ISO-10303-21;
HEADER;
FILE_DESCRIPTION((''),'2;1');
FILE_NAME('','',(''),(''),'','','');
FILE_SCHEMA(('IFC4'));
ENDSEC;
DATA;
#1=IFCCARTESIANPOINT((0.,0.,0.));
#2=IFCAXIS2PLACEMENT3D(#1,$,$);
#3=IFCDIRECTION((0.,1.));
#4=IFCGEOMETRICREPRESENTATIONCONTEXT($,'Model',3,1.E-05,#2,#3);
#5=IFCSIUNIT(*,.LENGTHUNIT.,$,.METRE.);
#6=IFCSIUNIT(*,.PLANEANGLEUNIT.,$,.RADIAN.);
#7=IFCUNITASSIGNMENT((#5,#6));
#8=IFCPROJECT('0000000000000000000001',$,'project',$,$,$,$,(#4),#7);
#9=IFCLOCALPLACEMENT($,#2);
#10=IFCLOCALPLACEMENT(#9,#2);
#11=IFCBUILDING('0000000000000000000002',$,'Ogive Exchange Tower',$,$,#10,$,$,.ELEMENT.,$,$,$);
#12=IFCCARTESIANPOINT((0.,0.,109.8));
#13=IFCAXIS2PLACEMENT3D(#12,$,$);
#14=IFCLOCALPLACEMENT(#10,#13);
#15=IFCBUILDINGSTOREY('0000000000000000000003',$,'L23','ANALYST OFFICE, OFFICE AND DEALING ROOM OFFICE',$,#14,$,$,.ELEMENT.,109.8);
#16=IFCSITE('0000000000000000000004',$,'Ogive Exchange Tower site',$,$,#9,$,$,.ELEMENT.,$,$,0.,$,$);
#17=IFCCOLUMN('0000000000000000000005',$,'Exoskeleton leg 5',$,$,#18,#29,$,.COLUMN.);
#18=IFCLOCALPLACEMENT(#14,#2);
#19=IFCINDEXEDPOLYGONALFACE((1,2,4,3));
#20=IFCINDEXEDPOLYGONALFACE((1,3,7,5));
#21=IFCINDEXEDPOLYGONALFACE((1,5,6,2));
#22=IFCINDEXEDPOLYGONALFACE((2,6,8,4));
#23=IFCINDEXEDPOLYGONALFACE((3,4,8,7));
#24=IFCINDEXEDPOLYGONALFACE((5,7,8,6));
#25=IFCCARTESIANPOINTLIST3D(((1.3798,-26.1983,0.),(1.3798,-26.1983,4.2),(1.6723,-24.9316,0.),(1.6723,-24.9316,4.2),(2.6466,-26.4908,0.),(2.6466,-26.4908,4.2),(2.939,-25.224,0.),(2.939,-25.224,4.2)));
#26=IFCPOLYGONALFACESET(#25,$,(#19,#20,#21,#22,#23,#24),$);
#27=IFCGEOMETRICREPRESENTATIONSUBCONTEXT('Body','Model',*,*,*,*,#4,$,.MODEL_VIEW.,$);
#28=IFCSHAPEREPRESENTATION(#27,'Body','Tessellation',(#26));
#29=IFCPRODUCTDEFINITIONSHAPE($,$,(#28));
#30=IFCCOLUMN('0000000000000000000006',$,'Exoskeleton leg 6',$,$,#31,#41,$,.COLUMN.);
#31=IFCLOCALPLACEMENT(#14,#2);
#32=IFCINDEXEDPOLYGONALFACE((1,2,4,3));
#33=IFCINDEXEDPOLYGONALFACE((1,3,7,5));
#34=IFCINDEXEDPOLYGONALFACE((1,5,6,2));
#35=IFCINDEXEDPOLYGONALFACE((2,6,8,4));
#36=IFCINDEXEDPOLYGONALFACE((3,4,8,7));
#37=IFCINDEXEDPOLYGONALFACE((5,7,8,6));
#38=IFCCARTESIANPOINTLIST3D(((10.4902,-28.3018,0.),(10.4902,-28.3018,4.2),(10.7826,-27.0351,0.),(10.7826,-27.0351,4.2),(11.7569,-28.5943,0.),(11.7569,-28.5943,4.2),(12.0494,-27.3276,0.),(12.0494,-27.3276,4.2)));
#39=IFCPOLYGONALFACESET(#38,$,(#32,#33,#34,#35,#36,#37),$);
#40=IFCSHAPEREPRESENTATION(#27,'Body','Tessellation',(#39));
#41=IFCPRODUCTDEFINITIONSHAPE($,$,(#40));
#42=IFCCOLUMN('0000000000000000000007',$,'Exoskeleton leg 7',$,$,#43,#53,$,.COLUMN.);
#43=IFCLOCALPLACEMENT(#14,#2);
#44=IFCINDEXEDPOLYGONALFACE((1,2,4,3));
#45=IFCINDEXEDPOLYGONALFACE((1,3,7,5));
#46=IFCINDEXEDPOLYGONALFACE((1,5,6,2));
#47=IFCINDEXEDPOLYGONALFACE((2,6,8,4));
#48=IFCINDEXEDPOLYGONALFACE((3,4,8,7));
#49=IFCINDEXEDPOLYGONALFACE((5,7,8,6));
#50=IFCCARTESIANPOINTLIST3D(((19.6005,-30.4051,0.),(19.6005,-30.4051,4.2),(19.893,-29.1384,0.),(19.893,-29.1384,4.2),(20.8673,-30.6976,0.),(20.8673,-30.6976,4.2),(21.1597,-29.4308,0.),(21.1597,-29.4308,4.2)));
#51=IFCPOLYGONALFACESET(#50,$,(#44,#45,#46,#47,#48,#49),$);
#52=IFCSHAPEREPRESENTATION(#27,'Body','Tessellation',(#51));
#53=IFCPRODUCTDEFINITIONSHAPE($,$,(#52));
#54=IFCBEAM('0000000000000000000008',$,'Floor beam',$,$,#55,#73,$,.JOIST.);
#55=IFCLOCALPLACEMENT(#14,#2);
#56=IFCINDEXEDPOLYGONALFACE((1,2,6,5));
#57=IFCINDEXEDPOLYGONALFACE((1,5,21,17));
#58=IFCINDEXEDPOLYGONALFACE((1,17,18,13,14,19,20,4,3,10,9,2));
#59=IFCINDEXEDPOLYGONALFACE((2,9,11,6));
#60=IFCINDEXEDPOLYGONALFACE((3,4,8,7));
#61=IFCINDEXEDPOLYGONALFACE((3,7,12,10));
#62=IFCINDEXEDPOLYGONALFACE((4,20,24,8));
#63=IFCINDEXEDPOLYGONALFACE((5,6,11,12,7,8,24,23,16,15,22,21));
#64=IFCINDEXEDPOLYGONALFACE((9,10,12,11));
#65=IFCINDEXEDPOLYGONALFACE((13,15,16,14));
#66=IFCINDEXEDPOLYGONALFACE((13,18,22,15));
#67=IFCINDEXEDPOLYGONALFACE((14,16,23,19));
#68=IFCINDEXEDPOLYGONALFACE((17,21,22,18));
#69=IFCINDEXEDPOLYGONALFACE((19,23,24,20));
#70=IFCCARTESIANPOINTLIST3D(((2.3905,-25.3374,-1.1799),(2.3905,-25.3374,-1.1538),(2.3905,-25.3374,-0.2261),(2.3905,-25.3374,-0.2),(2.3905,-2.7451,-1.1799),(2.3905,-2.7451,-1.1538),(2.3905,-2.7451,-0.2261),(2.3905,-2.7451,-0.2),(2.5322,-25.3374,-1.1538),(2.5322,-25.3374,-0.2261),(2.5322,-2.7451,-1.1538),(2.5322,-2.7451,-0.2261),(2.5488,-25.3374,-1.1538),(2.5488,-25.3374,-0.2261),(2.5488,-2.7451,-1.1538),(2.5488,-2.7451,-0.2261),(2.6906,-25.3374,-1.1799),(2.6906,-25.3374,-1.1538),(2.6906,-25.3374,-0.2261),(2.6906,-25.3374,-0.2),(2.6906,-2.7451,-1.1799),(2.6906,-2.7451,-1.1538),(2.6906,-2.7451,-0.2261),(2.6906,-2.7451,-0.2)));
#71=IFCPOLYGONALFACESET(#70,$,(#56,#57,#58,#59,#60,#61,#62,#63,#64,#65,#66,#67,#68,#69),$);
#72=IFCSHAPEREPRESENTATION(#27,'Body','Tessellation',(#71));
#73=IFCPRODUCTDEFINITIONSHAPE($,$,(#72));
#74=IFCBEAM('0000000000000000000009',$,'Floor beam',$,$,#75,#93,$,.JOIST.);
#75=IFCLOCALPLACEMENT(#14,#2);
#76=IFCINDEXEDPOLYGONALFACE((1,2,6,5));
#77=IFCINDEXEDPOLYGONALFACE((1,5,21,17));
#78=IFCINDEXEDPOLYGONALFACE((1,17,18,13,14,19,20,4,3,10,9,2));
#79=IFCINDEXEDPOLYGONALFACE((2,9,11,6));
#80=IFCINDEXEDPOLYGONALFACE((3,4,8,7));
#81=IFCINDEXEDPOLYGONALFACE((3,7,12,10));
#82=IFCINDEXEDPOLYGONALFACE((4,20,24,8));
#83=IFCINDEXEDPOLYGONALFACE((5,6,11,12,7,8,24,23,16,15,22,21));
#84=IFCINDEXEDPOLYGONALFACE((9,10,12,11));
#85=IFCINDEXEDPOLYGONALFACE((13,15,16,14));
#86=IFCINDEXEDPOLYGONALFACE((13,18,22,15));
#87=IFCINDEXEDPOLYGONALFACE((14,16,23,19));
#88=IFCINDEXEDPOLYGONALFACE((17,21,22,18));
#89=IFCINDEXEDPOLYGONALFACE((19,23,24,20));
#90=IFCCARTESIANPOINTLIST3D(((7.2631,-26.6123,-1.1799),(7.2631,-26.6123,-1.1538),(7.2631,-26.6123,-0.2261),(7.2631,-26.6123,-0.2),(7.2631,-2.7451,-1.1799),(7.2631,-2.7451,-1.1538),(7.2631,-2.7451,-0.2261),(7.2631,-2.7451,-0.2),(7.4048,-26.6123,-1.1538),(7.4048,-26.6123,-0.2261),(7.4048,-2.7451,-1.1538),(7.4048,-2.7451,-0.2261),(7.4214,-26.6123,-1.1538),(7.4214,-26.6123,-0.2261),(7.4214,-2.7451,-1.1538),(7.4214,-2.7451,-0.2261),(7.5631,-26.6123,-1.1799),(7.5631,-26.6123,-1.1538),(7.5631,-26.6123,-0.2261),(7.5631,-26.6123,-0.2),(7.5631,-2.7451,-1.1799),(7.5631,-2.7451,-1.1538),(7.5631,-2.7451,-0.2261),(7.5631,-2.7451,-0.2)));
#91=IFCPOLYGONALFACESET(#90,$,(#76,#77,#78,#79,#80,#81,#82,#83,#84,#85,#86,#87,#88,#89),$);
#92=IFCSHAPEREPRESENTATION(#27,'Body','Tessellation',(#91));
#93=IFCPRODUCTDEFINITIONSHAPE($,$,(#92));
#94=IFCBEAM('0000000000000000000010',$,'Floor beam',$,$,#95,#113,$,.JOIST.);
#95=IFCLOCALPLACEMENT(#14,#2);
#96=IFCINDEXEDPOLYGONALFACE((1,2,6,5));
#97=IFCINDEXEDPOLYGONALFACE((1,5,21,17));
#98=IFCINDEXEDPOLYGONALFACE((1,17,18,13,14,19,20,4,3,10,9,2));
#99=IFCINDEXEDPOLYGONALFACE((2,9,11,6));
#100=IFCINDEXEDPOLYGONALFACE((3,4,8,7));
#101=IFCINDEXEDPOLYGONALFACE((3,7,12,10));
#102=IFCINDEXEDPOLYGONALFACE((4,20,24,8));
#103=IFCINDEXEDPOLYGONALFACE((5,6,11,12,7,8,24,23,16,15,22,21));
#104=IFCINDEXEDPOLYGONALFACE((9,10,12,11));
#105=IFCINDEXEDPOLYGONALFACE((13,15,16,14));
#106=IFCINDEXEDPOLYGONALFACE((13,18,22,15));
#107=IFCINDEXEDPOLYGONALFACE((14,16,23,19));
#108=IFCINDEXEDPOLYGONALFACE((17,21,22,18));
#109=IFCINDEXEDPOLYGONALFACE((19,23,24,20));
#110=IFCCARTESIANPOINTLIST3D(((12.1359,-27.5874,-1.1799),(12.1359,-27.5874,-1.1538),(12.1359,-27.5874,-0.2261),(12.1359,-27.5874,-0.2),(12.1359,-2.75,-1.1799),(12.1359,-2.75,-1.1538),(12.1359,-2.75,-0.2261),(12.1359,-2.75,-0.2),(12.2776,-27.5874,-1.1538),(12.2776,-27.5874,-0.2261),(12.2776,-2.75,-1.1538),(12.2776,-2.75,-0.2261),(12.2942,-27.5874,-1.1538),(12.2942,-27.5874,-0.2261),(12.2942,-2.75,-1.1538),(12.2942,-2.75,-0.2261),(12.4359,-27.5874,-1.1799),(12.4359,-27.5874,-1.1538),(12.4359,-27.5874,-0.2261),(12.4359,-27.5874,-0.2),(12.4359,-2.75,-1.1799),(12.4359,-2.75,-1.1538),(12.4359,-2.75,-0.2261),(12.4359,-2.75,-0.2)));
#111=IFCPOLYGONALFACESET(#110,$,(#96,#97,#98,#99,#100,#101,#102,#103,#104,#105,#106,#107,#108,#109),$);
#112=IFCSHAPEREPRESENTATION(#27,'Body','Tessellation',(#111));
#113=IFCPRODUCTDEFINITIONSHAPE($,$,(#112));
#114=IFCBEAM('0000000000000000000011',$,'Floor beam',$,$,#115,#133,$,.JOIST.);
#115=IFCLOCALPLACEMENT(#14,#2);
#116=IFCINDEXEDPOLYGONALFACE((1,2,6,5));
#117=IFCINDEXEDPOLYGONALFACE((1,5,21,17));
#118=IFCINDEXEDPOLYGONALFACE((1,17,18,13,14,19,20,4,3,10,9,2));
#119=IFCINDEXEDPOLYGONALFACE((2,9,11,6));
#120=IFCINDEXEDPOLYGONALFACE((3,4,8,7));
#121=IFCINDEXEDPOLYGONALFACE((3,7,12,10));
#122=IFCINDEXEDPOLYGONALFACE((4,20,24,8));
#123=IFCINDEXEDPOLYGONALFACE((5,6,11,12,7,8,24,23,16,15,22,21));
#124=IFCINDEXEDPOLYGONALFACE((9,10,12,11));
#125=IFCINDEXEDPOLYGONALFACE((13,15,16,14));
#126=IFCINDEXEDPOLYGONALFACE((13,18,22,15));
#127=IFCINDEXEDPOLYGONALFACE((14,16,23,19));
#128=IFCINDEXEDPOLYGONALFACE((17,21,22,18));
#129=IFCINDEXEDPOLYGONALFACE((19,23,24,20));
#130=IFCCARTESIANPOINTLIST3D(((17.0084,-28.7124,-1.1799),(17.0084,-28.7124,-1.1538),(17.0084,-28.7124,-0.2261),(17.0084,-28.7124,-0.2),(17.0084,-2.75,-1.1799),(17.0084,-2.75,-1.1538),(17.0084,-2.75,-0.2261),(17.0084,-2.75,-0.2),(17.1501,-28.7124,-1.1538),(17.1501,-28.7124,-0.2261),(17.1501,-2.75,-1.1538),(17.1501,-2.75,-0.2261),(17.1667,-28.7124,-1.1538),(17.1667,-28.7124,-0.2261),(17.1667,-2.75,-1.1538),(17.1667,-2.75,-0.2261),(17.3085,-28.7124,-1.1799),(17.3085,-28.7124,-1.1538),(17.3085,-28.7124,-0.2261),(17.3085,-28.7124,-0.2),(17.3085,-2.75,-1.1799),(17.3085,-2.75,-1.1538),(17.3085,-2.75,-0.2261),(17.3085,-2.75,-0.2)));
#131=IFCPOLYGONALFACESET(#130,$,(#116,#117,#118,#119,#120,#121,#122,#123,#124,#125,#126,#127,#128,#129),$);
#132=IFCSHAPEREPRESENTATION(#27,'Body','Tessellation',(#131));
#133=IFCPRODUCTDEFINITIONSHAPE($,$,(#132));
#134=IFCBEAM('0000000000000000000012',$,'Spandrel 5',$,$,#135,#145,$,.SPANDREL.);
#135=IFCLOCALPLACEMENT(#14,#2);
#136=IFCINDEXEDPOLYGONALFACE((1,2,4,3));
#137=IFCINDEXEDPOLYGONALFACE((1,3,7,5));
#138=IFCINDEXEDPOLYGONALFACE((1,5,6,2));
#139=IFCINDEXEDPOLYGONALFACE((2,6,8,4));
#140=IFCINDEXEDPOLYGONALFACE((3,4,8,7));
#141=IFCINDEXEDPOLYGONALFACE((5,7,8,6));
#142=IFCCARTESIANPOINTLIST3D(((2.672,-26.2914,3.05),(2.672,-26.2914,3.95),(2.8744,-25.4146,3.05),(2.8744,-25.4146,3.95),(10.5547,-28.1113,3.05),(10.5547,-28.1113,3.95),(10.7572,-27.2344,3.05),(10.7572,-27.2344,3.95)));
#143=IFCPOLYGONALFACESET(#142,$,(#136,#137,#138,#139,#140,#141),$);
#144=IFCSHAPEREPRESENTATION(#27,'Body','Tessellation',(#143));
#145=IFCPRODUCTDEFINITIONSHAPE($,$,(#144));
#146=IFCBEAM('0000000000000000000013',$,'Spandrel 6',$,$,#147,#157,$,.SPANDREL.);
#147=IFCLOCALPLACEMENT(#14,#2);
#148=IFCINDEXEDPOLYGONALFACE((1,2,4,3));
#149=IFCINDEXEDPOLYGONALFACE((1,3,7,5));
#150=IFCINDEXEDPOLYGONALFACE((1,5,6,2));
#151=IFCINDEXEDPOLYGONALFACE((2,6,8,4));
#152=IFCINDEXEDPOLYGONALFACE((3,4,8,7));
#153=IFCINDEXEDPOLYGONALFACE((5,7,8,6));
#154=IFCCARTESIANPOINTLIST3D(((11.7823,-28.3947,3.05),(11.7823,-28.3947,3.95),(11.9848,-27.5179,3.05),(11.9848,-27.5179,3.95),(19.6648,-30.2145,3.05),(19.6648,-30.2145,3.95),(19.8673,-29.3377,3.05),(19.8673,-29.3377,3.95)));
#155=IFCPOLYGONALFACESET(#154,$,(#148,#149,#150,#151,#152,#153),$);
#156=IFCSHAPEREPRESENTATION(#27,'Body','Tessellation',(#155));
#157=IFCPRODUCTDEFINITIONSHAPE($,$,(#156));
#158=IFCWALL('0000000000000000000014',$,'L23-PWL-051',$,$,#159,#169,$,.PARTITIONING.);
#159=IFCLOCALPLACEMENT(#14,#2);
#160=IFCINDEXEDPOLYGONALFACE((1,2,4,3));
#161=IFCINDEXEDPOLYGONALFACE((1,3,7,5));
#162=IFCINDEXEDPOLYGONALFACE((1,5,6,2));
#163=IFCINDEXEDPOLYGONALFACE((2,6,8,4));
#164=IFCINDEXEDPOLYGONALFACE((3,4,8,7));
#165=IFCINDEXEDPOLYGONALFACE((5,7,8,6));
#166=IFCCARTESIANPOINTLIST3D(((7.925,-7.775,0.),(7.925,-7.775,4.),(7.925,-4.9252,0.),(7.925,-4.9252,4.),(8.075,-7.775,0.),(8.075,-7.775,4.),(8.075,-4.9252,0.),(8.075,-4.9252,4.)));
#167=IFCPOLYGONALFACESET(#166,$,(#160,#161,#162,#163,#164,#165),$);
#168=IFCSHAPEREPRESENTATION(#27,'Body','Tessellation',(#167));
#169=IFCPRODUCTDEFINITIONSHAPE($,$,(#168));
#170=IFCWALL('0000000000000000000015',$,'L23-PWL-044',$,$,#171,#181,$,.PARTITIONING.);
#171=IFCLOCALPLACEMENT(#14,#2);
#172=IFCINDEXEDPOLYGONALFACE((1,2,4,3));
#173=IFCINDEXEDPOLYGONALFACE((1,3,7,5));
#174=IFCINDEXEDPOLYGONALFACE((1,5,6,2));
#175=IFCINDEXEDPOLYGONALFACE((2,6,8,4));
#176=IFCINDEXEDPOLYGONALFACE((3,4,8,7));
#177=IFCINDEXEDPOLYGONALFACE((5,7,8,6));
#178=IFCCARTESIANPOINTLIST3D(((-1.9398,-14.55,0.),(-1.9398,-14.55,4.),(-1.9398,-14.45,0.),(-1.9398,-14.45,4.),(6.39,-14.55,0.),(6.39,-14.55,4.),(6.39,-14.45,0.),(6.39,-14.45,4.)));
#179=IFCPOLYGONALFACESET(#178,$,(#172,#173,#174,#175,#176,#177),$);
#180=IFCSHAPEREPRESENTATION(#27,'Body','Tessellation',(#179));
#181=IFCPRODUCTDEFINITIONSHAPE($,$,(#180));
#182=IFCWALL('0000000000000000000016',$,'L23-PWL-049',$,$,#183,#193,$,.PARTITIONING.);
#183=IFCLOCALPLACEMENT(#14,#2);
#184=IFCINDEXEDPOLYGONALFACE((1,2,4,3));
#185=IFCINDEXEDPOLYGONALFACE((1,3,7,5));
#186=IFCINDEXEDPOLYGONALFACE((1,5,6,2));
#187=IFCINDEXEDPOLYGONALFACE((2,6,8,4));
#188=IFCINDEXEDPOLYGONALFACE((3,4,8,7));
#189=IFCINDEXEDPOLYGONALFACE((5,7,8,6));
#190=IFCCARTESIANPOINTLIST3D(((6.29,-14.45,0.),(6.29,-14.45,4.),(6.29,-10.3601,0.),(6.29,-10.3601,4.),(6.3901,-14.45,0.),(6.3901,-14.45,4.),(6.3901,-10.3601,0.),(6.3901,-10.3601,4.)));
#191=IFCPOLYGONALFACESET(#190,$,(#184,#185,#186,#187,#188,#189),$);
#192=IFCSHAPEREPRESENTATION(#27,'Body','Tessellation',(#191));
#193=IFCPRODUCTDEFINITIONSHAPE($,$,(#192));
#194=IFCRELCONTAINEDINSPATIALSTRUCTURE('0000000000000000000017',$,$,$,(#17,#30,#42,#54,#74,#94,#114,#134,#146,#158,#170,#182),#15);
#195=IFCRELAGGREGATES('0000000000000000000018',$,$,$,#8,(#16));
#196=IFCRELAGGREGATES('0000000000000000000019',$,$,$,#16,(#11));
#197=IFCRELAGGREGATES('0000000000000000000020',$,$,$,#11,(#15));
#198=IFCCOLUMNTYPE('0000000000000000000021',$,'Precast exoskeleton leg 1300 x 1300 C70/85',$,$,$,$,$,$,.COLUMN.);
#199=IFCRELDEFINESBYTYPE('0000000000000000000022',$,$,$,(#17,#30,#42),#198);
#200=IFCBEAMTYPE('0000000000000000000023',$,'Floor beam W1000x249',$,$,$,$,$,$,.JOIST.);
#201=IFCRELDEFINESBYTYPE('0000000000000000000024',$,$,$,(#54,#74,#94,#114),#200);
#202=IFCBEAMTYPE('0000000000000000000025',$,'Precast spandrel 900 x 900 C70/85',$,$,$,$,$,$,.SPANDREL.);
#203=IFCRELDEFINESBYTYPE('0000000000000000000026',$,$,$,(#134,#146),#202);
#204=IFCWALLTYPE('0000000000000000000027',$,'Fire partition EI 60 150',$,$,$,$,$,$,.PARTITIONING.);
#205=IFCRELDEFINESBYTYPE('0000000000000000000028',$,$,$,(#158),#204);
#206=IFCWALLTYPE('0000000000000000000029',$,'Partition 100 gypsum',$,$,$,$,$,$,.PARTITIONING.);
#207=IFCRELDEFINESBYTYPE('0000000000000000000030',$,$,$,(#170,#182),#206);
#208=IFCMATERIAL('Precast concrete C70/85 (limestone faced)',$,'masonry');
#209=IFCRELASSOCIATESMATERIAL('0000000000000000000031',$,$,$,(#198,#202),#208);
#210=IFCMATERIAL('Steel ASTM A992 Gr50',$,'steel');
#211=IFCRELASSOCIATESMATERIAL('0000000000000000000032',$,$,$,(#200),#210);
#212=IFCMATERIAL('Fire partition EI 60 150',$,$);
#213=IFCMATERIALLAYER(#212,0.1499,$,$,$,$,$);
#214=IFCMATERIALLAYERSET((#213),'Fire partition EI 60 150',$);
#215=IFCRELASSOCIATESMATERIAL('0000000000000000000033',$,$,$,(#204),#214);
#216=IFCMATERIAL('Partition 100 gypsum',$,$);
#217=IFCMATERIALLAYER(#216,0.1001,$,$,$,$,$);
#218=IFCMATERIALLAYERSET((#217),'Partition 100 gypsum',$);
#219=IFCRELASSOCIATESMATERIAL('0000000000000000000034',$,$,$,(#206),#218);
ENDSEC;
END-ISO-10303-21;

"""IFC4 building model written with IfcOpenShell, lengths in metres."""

from ifc_helpers import new_model, si_unit, direction, frame, frame_2d, origin, origin_2d, place, context, subcontext, project, spatial, rectangle, i_section, extrude, material, layer, layer_set, material_profile, profile_set, type_object, element, save


model = new_model("IFC4")

# Units and contexts
model_context = context("Model", 3, precision=1e-05, world=origin(), true_north=direction((0.0, 1.0)))
body_context = subcontext(model_context, "Body", "Model", "MODEL_VIEW")
ifc_project = project(units=[si_unit("LENGTHUNIT", "METRE"), si_unit("PLANEANGLEUNIT", "RADIAN")], contexts=[model_context])

# Site, building, storey
site_placement = place(None, origin())
site = spatial("IfcSite", under=ifc_project, at=site_placement, Name="Ogive Exchange Tower site", CompositionType="ELEMENT", RefElevation=0.0)
building_placement = place(site_placement, origin())
building = spatial("IfcBuilding", under=site, at=building_placement, Name="Ogive Exchange Tower", CompositionType="ELEMENT")
storey_placement = place(building_placement, frame((0.0, 0.0, 109.8)))
storey = spatial("IfcBuildingStorey", under=building, at=storey_placement, Name="L23", Description="ANALYST OFFICE, OFFICE AND DEALING ROOM OFFICE", CompositionType="ELEMENT", Elevation=109.8)

# Columns
ifc_material_1 = material(Name="Precast concrete C70/85 (limestone faced)", Category="masonry")
ifc_material_profile_1 = material_profile(ifc_material_1, rectangle(XDim=1.3, YDim=1.3, at=origin_2d()), Name="1300 x 1300")
ifc_profile_set_1 = profile_set([ifc_material_profile_1], Name="Precast concrete C70/85 (limestone faced)")
column_type = type_object("IfcColumnType", Name="Precast exoskeleton leg 1300 x 1300 C70/85", PredefinedType="COLUMN", material=ifc_profile_set_1)
for number, where, z_axis, x_axis, name in (
    (1, (2.1594, -25.7112, 0.0), (0.0, 0.0, 1.0), (0.97437, -0.224951, 0.0), "Exoskeleton leg 5"),
    (2, (11.2698, -27.8147, 0.0), (0.0, 0.0, 1.0), (0.97437, -0.224951, 0.0), "Exoskeleton leg 6"),
    (3, (20.3801, -29.918, 0.0), (0.0, 0.0, 1.0), (0.97437, -0.224951, 0.0), "Exoskeleton leg 7"),
):
    element("IfcColumn", number, at=place(storey_placement, frame(where, z_axis=z_axis, x_axis=x_axis)), inside=storey, type_object=column_type, Name=name, PredefinedType="COLUMN", context=body_context, shape_type="SweptSolid", body=[
        extrude(rectangle(XDim=1.3, YDim=1.3, at=origin_2d()), origin(), (0.0, 0.0, 1.0), 4.2),
    ])

# Beams
ifc_material_2 = material(Name="Steel ASTM A992 Gr50", Category="steel")
ifc_material_profile_2 = material_profile(ifc_material_2, i_section(OverallWidth=0.3, OverallDepth=0.98, WebThickness=0.0166, FlangeThickness=0.0261, at=origin_2d()), Name="W1000x249")
ifc_profile_set_2 = profile_set([ifc_material_profile_2], Name="Steel ASTM A992 Gr50")
beam_type_1 = type_object("IfcBeamType", Name="Floor beam W1000x249", PredefinedType="JOIST", material=ifc_profile_set_2)
beam_1_placement = place(storey_placement, frame((2.5405, -25.3374, -0.6899), z_axis=(0.0, 1.0, 0.0), x_axis=(-1.0, 0.0, 0.0)))
element("IfcBeam", 4, at=beam_1_placement, inside=storey, type_object=beam_type_1, Name="Floor beam", PredefinedType="JOIST", context=body_context, shape_type="SweptSolid", body=[
    extrude(i_section(OverallWidth=0.3, OverallDepth=0.98, WebThickness=0.0166, FlangeThickness=0.0261, at=origin_2d()), origin(), (0.0, 0.0, 1.0), 22.5923),
])
beam_2_placement = place(storey_placement, frame((7.4131, -26.6123, -0.6899), z_axis=(0.0, 1.0, 0.0), x_axis=(-1.0, 0.0, 0.0)))
element("IfcBeam", 5, at=beam_2_placement, inside=storey, type_object=beam_type_1, Name="Floor beam", PredefinedType="JOIST", context=body_context, shape_type="SweptSolid", body=[
    extrude(i_section(OverallWidth=0.3, OverallDepth=0.98, WebThickness=0.0166, FlangeThickness=0.0261, at=origin_2d()), origin(), (0.0, 0.0, 1.0), 23.8672),
])
beam_3_placement = place(storey_placement, frame((12.2859, -27.5874, -0.6899), z_axis=(0.0, 1.0, 0.0), x_axis=(-1.0, 0.0, 0.0)))
element("IfcBeam", 6, at=beam_3_placement, inside=storey, type_object=beam_type_1, Name="Floor beam", PredefinedType="JOIST", context=body_context, shape_type="SweptSolid", body=[
    extrude(i_section(OverallWidth=0.3, OverallDepth=0.98, WebThickness=0.0166, FlangeThickness=0.0261, at=origin_2d()), origin(), (0.0, 0.0, 1.0), 24.8374),
])
beam_4_placement = place(storey_placement, frame((17.1584, -28.7124, -0.6899), z_axis=(0.0, 1.0, 0.0), x_axis=(-1.0, 0.0, 0.0)))
element("IfcBeam", 7, at=beam_4_placement, inside=storey, type_object=beam_type_1, Name="Floor beam", PredefinedType="JOIST", context=body_context, shape_type="SweptSolid", body=[
    extrude(i_section(OverallWidth=0.3, OverallDepth=0.98, WebThickness=0.0166, FlangeThickness=0.0261, at=origin_2d()), origin(), (0.0, 0.0, 1.0), 25.9624),
])
ifc_material_profile_3 = material_profile(ifc_material_1, rectangle(XDim=0.8999, YDim=0.8999, at=origin_2d()), Name="900 x 900")
ifc_profile_set_3 = profile_set([ifc_material_profile_3], Name="Precast concrete C70/85 (limestone faced)")
beam_type_2 = type_object("IfcBeamType", Name="Precast spandrel 900 x 900 C70/85", PredefinedType="SPANDREL", material=ifc_profile_set_3)
beam_5_placement = place(storey_placement, frame((2.7732, -25.853, 3.5), z_axis=(0.974372, -0.224943, 0.0), x_axis=(0.224943, 0.974372, 0.0)))
element("IfcBeam", 8, at=beam_5_placement, inside=storey, type_object=beam_type_2, Name="Spandrel 5", PredefinedType="SPANDREL", context=body_context, shape_type="SweptSolid", body=[
    extrude(rectangle(XDim=0.8999, YDim=0.8999, at=origin_2d()), origin(), (0.0, 0.0, 1.0), 8.0901),
])
beam_6_placement = place(storey_placement, frame((11.8835, -27.9563, 3.5), z_axis=(0.97437, -0.22495, 0.0), x_axis=(0.22495, 0.97437, 0.0)))
element("IfcBeam", 9, at=beam_6_placement, inside=storey, type_object=beam_type_2, Name="Spandrel 6", PredefinedType="SPANDREL", context=body_context, shape_type="SweptSolid", body=[
    extrude(rectangle(XDim=0.8999, YDim=0.8999, at=origin_2d()), origin(), (0.0, 0.0, 1.0), 8.0898),
])

# Walls
ifc_material_3 = material(Name="Fire partition EI 60 150")
ifc_layer_1 = layer(ifc_material_3, 0.1499)
ifc_layer_set_1 = layer_set([ifc_layer_1], Name="Fire partition EI 60 150")
wall_type_1 = type_object("IfcWallType", Name="Fire partition EI 60 150", PredefinedType="PARTITIONING", material=ifc_layer_set_1)
wall_1_placement = place(storey_placement, frame((8.0, -7.7749, 0.0), z_axis=(0.0, 0.0, 1.0), x_axis=(0.0, 1.0, 0.0)))
element("IfcWall", 10, at=wall_1_placement, inside=storey, type_object=wall_type_1, Name="L23-PWL-051", PredefinedType="PARTITIONING", context=body_context, shape_type="SweptSolid", body=[
    extrude(rectangle(XDim=2.8499, YDim=0.1499, at=frame_2d((1.4248, 0.0))), origin(), (0.0, 0.0, 1.0), 4.0),
])
ifc_material_4 = material(Name="Partition 100 gypsum")
ifc_layer_2 = layer(ifc_material_4, 0.1001)
ifc_layer_set_2 = layer_set([ifc_layer_2], Name="Partition 100 gypsum")
wall_type_2 = type_object("IfcWallType", Name="Partition 100 gypsum", PredefinedType="PARTITIONING", material=ifc_layer_set_2)
wall_2_placement = place(storey_placement, frame((-1.9399, -14.5, 0.0), z_axis=(0.0, 0.0, 1.0), x_axis=(1.0, 0.0, 0.0)))
element("IfcWall", 11, at=wall_2_placement, inside=storey, type_object=wall_type_2, Name="L23-PWL-044", PredefinedType="PARTITIONING", context=body_context, shape_type="SweptSolid", body=[
    extrude(rectangle(XDim=8.3298, YDim=0.1001, at=frame_2d((4.165, 0.0))), origin(), (0.0, 0.0, 1.0), 4.0),
])
wall_3_placement = place(storey_placement, frame((6.3401, -14.45, 0.0), z_axis=(0.0, 0.0, 1.0), x_axis=(0.0, 1.0, 0.0)))
element("IfcWall", 12, at=wall_3_placement, inside=storey, type_object=wall_type_2, Name="L23-PWL-049", PredefinedType="PARTITIONING", context=body_context, shape_type="SweptSolid", body=[
    extrude(rectangle(XDim=4.0898, YDim=0.1001, at=frame_2d((2.0449, 0.0))), origin(), (0.0, 0.0, 1.0), 4.0),
])

save(model, "model.ifc")
